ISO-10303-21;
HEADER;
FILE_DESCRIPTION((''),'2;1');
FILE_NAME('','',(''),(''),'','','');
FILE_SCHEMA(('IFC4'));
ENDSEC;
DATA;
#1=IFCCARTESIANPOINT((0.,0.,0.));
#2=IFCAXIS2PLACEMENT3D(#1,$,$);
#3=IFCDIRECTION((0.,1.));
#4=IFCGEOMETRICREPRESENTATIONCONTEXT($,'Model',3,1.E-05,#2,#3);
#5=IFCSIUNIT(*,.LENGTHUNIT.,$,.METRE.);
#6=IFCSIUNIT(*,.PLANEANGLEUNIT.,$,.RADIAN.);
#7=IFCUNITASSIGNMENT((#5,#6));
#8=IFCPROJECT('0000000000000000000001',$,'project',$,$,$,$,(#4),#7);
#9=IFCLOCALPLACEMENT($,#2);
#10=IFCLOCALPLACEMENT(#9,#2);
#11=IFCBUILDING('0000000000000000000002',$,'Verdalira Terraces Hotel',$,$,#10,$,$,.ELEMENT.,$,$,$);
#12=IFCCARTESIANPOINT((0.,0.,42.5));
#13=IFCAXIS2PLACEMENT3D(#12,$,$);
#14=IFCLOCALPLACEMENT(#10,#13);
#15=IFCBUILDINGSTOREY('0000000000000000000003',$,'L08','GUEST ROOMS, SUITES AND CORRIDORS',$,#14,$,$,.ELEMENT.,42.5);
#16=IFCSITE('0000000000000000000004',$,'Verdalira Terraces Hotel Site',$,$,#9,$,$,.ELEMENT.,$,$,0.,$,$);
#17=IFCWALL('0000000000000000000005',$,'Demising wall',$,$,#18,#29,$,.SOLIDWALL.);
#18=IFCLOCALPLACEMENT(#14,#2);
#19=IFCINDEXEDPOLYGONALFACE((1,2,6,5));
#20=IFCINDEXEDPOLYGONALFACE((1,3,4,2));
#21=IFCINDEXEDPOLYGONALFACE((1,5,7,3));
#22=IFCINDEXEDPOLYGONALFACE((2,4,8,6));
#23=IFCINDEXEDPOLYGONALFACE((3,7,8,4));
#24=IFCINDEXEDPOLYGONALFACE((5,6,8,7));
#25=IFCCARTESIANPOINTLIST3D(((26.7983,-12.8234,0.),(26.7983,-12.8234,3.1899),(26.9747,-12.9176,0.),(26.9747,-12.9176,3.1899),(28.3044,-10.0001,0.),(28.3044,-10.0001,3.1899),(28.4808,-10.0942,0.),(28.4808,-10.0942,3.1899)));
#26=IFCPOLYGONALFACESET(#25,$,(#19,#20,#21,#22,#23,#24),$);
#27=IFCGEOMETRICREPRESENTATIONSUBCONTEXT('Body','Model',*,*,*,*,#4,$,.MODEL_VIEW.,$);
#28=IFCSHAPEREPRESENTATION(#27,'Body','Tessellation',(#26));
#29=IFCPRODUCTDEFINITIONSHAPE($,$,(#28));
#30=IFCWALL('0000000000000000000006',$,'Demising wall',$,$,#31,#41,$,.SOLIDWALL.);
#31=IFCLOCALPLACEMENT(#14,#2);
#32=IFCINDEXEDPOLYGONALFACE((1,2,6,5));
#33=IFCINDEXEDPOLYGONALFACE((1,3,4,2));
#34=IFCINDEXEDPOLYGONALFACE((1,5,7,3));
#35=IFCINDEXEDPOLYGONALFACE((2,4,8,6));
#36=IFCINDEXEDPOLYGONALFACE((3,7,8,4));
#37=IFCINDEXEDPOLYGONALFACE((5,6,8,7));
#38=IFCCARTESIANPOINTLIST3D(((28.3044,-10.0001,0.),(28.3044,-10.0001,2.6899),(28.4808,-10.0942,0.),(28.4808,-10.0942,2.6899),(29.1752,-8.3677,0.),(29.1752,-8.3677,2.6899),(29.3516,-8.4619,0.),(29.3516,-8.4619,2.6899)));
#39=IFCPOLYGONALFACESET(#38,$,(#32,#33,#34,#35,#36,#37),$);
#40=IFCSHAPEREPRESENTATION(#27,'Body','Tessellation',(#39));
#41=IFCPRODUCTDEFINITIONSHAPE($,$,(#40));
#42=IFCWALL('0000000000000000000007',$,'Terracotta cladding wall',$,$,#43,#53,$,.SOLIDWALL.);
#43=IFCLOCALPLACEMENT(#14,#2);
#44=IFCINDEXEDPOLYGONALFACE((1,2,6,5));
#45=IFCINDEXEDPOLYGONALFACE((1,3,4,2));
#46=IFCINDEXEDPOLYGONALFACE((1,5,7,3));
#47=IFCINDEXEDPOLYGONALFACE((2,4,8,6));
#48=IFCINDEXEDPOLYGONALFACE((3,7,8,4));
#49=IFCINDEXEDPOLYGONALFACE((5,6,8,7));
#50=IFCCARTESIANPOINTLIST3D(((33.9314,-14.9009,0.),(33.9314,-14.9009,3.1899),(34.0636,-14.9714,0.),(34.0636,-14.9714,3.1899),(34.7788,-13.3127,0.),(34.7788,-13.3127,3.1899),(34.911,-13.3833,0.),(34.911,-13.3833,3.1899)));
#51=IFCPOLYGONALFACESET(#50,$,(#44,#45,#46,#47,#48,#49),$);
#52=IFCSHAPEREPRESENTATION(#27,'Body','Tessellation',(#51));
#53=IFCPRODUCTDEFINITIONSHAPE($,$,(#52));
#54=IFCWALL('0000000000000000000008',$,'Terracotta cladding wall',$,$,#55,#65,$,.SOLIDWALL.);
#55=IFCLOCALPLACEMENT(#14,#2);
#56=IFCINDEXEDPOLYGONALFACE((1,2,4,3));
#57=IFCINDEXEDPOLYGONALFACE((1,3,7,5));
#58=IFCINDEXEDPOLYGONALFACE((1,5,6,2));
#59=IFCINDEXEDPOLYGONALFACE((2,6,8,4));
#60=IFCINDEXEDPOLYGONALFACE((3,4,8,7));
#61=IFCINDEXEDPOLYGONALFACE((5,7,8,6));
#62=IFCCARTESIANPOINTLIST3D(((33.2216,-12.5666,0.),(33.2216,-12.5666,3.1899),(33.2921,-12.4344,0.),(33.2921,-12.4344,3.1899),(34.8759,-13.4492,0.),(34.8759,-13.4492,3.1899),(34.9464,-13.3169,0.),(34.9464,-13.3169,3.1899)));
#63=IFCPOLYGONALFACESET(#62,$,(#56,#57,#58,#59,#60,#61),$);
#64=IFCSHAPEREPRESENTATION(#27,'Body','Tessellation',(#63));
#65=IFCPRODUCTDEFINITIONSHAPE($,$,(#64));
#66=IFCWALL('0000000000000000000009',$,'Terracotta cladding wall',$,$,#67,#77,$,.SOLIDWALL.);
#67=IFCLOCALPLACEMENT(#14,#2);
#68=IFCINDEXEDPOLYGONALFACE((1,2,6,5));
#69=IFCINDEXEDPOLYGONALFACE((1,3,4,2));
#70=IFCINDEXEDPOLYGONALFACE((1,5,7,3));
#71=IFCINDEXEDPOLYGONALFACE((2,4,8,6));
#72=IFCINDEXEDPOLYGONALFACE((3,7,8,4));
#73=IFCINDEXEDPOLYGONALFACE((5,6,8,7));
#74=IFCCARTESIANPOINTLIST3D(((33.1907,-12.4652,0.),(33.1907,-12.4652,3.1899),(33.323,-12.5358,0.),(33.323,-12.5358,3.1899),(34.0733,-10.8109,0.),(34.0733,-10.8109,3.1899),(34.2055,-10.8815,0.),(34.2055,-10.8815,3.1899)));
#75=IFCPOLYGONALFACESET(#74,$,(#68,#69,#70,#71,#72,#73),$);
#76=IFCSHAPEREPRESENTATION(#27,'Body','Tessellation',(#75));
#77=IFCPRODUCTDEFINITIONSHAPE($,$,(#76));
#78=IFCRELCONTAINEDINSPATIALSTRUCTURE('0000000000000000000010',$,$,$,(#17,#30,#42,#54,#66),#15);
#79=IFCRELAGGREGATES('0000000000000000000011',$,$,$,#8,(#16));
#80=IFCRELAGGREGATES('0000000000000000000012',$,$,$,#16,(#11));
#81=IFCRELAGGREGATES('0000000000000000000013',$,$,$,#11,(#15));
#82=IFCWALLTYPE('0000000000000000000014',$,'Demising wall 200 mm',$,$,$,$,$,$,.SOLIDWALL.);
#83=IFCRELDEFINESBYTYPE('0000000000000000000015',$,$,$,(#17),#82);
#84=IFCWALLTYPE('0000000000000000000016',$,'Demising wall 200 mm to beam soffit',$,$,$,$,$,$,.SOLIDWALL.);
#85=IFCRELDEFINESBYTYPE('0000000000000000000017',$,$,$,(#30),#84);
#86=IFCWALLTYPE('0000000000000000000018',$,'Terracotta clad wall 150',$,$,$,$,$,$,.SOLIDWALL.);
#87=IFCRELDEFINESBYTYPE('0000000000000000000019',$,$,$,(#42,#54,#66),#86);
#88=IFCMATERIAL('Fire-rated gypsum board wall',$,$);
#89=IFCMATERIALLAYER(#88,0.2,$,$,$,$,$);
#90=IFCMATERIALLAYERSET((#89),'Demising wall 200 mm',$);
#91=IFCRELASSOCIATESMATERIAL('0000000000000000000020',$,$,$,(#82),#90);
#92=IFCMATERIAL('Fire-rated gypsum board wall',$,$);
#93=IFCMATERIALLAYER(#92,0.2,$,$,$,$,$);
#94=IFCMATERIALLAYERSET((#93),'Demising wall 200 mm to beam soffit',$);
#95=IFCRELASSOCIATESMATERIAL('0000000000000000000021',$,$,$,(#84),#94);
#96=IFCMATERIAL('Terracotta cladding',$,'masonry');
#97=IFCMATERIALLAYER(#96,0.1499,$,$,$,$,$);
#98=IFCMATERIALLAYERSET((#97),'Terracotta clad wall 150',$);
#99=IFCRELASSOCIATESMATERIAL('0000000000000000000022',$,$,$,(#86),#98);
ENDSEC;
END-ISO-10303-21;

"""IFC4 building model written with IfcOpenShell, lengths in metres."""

from ifc_helpers import new_model, si_unit, direction, frame, frame_2d, origin, place, context, subcontext, project, spatial, rectangle, extrude, material, layer, layer_set, type_object, element, save


model = new_model("IFC4")

# Units and contexts
model_context = context("Model", 3, precision=1e-05, world=origin(), true_north=direction((0.0, 1.0)))
body_context = subcontext(model_context, "Body", "Model", "MODEL_VIEW")
ifc_project = project(units=[si_unit("LENGTHUNIT", "METRE"), si_unit("PLANEANGLEUNIT", "RADIAN")], contexts=[model_context])

# Site, building, storey
site_placement = place(None, origin())
site = spatial("IfcSite", under=ifc_project, at=site_placement, Name="Verdalira Terraces Hotel Site", CompositionType="ELEMENT", RefElevation=0.0)
building_placement = place(site_placement, origin())
building = spatial("IfcBuilding", under=site, at=building_placement, Name="Verdalira Terraces Hotel", CompositionType="ELEMENT")
storey_placement = place(building_placement, frame((0.0, 0.0, 42.5)))
storey = spatial("IfcBuildingStorey", under=building, at=storey_placement, Name="L08", Description="GUEST ROOMS, SUITES AND CORRIDORS", CompositionType="ELEMENT", Elevation=42.5)

# Walls
ifc_material_1 = material(Name="Fire-rated gypsum board wall")
ifc_layer_1 = layer(ifc_material_1, 0.2)
ifc_layer_set_1 = layer_set([ifc_layer_1], Name="Demising wall 200 mm")
wall_type_1 = type_object("IfcWallType", Name="Demising wall 200 mm", PredefinedType="SOLIDWALL", material=ifc_layer_set_1)
wall_1_placement = place(storey_placement, frame((26.8865, -12.8706, 0.0), z_axis=(0.0, 0.0, 1.0), x_axis=(0.470648, 0.882321, 0.0)))
element("IfcWall", 1, at=wall_1_placement, inside=storey, type_object=wall_type_1, Name="Demising wall", PredefinedType="SOLIDWALL", context=body_context, shape_type="SweptSolid", body=[
    extrude(rectangle(XDim=3.2, YDim=0.2, at=frame_2d((1.6001, 0.0))), origin(), (0.0, 0.0, 1.0), 3.1899),
])
ifc_material_2 = material(Name="Fire-rated gypsum board wall")
ifc_layer_2 = layer(ifc_material_2, 0.2)
ifc_layer_set_2 = layer_set([ifc_layer_2], Name="Demising wall 200 mm to beam soffit")
wall_type_2 = type_object("IfcWallType", Name="Demising wall 200 mm to beam soffit", PredefinedType="SOLIDWALL", material=ifc_layer_set_2)
wall_2_placement = place(storey_placement, frame((28.3926, -10.0471, 0.0), z_axis=(0.0, 0.0, 1.0), x_axis=(0.470705, 0.882291, 0.0)))
element("IfcWall", 2, at=wall_2_placement, inside=storey, type_object=wall_type_2, Name="Demising wall", PredefinedType="SOLIDWALL", context=body_context, shape_type="SweptSolid", body=[
    extrude(rectangle(XDim=1.8501, YDim=0.2, at=frame_2d((0.925, 0.0))), origin(), (0.0, 0.0, 1.0), 2.6899),
])
ifc_material_3 = material(Name="Terracotta cladding", Category="masonry")
ifc_layer_3 = layer(ifc_material_3, 0.1499)
ifc_layer_set_3 = layer_set([ifc_layer_3], Name="Terracotta clad wall 150")
wall_type_3 = type_object("IfcWallType", Name="Terracotta clad wall 150", PredefinedType="SOLIDWALL", material=ifc_layer_set_3)
wall_3_placement = place(storey_placement, frame((33.9976, -14.936, 0.0), z_axis=(0.0, 0.0, 1.0), x_axis=(0.470764, 0.882259, 0.0)))
element("IfcWall", 3, at=wall_3_placement, inside=storey, type_object=wall_type_3, Name="Terracotta cladding wall", PredefinedType="SOLIDWALL", context=body_context, shape_type="SweptSolid", body=[
    extrude(rectangle(XDim=1.8, YDim=0.1499, at=frame_2d((0.8999, 0.0))), origin(), (0.0, 0.0, 1.0), 3.1899),
])
for number, where, z_axis, x_axis, name in (
    (4, (34.9111, -13.3831, 0.0), (0.0, 0.0, 1.0), (-0.882292, 0.470703, 0.0), "Terracotta cladding wall"),
    (5, (33.2568, -12.5005, 0.0), (0.0, 0.0, 1.0), (0.470703, 0.882292, 0.0), "Terracotta cladding wall"),
):
    element("IfcWall", number, at=place(storey_placement, frame(where, z_axis=z_axis, x_axis=x_axis)), inside=storey, type_object=wall_type_3, Name=name, PredefinedType="SOLIDWALL", context=body_context, shape_type="SweptSolid", body=[
        extrude(rectangle(XDim=1.875, YDim=0.1499, at=frame_2d((0.9375, 0.0))), origin(), (0.0, 0.0, 1.0), 3.1899),
    ])

save(model, "model.ifc")
